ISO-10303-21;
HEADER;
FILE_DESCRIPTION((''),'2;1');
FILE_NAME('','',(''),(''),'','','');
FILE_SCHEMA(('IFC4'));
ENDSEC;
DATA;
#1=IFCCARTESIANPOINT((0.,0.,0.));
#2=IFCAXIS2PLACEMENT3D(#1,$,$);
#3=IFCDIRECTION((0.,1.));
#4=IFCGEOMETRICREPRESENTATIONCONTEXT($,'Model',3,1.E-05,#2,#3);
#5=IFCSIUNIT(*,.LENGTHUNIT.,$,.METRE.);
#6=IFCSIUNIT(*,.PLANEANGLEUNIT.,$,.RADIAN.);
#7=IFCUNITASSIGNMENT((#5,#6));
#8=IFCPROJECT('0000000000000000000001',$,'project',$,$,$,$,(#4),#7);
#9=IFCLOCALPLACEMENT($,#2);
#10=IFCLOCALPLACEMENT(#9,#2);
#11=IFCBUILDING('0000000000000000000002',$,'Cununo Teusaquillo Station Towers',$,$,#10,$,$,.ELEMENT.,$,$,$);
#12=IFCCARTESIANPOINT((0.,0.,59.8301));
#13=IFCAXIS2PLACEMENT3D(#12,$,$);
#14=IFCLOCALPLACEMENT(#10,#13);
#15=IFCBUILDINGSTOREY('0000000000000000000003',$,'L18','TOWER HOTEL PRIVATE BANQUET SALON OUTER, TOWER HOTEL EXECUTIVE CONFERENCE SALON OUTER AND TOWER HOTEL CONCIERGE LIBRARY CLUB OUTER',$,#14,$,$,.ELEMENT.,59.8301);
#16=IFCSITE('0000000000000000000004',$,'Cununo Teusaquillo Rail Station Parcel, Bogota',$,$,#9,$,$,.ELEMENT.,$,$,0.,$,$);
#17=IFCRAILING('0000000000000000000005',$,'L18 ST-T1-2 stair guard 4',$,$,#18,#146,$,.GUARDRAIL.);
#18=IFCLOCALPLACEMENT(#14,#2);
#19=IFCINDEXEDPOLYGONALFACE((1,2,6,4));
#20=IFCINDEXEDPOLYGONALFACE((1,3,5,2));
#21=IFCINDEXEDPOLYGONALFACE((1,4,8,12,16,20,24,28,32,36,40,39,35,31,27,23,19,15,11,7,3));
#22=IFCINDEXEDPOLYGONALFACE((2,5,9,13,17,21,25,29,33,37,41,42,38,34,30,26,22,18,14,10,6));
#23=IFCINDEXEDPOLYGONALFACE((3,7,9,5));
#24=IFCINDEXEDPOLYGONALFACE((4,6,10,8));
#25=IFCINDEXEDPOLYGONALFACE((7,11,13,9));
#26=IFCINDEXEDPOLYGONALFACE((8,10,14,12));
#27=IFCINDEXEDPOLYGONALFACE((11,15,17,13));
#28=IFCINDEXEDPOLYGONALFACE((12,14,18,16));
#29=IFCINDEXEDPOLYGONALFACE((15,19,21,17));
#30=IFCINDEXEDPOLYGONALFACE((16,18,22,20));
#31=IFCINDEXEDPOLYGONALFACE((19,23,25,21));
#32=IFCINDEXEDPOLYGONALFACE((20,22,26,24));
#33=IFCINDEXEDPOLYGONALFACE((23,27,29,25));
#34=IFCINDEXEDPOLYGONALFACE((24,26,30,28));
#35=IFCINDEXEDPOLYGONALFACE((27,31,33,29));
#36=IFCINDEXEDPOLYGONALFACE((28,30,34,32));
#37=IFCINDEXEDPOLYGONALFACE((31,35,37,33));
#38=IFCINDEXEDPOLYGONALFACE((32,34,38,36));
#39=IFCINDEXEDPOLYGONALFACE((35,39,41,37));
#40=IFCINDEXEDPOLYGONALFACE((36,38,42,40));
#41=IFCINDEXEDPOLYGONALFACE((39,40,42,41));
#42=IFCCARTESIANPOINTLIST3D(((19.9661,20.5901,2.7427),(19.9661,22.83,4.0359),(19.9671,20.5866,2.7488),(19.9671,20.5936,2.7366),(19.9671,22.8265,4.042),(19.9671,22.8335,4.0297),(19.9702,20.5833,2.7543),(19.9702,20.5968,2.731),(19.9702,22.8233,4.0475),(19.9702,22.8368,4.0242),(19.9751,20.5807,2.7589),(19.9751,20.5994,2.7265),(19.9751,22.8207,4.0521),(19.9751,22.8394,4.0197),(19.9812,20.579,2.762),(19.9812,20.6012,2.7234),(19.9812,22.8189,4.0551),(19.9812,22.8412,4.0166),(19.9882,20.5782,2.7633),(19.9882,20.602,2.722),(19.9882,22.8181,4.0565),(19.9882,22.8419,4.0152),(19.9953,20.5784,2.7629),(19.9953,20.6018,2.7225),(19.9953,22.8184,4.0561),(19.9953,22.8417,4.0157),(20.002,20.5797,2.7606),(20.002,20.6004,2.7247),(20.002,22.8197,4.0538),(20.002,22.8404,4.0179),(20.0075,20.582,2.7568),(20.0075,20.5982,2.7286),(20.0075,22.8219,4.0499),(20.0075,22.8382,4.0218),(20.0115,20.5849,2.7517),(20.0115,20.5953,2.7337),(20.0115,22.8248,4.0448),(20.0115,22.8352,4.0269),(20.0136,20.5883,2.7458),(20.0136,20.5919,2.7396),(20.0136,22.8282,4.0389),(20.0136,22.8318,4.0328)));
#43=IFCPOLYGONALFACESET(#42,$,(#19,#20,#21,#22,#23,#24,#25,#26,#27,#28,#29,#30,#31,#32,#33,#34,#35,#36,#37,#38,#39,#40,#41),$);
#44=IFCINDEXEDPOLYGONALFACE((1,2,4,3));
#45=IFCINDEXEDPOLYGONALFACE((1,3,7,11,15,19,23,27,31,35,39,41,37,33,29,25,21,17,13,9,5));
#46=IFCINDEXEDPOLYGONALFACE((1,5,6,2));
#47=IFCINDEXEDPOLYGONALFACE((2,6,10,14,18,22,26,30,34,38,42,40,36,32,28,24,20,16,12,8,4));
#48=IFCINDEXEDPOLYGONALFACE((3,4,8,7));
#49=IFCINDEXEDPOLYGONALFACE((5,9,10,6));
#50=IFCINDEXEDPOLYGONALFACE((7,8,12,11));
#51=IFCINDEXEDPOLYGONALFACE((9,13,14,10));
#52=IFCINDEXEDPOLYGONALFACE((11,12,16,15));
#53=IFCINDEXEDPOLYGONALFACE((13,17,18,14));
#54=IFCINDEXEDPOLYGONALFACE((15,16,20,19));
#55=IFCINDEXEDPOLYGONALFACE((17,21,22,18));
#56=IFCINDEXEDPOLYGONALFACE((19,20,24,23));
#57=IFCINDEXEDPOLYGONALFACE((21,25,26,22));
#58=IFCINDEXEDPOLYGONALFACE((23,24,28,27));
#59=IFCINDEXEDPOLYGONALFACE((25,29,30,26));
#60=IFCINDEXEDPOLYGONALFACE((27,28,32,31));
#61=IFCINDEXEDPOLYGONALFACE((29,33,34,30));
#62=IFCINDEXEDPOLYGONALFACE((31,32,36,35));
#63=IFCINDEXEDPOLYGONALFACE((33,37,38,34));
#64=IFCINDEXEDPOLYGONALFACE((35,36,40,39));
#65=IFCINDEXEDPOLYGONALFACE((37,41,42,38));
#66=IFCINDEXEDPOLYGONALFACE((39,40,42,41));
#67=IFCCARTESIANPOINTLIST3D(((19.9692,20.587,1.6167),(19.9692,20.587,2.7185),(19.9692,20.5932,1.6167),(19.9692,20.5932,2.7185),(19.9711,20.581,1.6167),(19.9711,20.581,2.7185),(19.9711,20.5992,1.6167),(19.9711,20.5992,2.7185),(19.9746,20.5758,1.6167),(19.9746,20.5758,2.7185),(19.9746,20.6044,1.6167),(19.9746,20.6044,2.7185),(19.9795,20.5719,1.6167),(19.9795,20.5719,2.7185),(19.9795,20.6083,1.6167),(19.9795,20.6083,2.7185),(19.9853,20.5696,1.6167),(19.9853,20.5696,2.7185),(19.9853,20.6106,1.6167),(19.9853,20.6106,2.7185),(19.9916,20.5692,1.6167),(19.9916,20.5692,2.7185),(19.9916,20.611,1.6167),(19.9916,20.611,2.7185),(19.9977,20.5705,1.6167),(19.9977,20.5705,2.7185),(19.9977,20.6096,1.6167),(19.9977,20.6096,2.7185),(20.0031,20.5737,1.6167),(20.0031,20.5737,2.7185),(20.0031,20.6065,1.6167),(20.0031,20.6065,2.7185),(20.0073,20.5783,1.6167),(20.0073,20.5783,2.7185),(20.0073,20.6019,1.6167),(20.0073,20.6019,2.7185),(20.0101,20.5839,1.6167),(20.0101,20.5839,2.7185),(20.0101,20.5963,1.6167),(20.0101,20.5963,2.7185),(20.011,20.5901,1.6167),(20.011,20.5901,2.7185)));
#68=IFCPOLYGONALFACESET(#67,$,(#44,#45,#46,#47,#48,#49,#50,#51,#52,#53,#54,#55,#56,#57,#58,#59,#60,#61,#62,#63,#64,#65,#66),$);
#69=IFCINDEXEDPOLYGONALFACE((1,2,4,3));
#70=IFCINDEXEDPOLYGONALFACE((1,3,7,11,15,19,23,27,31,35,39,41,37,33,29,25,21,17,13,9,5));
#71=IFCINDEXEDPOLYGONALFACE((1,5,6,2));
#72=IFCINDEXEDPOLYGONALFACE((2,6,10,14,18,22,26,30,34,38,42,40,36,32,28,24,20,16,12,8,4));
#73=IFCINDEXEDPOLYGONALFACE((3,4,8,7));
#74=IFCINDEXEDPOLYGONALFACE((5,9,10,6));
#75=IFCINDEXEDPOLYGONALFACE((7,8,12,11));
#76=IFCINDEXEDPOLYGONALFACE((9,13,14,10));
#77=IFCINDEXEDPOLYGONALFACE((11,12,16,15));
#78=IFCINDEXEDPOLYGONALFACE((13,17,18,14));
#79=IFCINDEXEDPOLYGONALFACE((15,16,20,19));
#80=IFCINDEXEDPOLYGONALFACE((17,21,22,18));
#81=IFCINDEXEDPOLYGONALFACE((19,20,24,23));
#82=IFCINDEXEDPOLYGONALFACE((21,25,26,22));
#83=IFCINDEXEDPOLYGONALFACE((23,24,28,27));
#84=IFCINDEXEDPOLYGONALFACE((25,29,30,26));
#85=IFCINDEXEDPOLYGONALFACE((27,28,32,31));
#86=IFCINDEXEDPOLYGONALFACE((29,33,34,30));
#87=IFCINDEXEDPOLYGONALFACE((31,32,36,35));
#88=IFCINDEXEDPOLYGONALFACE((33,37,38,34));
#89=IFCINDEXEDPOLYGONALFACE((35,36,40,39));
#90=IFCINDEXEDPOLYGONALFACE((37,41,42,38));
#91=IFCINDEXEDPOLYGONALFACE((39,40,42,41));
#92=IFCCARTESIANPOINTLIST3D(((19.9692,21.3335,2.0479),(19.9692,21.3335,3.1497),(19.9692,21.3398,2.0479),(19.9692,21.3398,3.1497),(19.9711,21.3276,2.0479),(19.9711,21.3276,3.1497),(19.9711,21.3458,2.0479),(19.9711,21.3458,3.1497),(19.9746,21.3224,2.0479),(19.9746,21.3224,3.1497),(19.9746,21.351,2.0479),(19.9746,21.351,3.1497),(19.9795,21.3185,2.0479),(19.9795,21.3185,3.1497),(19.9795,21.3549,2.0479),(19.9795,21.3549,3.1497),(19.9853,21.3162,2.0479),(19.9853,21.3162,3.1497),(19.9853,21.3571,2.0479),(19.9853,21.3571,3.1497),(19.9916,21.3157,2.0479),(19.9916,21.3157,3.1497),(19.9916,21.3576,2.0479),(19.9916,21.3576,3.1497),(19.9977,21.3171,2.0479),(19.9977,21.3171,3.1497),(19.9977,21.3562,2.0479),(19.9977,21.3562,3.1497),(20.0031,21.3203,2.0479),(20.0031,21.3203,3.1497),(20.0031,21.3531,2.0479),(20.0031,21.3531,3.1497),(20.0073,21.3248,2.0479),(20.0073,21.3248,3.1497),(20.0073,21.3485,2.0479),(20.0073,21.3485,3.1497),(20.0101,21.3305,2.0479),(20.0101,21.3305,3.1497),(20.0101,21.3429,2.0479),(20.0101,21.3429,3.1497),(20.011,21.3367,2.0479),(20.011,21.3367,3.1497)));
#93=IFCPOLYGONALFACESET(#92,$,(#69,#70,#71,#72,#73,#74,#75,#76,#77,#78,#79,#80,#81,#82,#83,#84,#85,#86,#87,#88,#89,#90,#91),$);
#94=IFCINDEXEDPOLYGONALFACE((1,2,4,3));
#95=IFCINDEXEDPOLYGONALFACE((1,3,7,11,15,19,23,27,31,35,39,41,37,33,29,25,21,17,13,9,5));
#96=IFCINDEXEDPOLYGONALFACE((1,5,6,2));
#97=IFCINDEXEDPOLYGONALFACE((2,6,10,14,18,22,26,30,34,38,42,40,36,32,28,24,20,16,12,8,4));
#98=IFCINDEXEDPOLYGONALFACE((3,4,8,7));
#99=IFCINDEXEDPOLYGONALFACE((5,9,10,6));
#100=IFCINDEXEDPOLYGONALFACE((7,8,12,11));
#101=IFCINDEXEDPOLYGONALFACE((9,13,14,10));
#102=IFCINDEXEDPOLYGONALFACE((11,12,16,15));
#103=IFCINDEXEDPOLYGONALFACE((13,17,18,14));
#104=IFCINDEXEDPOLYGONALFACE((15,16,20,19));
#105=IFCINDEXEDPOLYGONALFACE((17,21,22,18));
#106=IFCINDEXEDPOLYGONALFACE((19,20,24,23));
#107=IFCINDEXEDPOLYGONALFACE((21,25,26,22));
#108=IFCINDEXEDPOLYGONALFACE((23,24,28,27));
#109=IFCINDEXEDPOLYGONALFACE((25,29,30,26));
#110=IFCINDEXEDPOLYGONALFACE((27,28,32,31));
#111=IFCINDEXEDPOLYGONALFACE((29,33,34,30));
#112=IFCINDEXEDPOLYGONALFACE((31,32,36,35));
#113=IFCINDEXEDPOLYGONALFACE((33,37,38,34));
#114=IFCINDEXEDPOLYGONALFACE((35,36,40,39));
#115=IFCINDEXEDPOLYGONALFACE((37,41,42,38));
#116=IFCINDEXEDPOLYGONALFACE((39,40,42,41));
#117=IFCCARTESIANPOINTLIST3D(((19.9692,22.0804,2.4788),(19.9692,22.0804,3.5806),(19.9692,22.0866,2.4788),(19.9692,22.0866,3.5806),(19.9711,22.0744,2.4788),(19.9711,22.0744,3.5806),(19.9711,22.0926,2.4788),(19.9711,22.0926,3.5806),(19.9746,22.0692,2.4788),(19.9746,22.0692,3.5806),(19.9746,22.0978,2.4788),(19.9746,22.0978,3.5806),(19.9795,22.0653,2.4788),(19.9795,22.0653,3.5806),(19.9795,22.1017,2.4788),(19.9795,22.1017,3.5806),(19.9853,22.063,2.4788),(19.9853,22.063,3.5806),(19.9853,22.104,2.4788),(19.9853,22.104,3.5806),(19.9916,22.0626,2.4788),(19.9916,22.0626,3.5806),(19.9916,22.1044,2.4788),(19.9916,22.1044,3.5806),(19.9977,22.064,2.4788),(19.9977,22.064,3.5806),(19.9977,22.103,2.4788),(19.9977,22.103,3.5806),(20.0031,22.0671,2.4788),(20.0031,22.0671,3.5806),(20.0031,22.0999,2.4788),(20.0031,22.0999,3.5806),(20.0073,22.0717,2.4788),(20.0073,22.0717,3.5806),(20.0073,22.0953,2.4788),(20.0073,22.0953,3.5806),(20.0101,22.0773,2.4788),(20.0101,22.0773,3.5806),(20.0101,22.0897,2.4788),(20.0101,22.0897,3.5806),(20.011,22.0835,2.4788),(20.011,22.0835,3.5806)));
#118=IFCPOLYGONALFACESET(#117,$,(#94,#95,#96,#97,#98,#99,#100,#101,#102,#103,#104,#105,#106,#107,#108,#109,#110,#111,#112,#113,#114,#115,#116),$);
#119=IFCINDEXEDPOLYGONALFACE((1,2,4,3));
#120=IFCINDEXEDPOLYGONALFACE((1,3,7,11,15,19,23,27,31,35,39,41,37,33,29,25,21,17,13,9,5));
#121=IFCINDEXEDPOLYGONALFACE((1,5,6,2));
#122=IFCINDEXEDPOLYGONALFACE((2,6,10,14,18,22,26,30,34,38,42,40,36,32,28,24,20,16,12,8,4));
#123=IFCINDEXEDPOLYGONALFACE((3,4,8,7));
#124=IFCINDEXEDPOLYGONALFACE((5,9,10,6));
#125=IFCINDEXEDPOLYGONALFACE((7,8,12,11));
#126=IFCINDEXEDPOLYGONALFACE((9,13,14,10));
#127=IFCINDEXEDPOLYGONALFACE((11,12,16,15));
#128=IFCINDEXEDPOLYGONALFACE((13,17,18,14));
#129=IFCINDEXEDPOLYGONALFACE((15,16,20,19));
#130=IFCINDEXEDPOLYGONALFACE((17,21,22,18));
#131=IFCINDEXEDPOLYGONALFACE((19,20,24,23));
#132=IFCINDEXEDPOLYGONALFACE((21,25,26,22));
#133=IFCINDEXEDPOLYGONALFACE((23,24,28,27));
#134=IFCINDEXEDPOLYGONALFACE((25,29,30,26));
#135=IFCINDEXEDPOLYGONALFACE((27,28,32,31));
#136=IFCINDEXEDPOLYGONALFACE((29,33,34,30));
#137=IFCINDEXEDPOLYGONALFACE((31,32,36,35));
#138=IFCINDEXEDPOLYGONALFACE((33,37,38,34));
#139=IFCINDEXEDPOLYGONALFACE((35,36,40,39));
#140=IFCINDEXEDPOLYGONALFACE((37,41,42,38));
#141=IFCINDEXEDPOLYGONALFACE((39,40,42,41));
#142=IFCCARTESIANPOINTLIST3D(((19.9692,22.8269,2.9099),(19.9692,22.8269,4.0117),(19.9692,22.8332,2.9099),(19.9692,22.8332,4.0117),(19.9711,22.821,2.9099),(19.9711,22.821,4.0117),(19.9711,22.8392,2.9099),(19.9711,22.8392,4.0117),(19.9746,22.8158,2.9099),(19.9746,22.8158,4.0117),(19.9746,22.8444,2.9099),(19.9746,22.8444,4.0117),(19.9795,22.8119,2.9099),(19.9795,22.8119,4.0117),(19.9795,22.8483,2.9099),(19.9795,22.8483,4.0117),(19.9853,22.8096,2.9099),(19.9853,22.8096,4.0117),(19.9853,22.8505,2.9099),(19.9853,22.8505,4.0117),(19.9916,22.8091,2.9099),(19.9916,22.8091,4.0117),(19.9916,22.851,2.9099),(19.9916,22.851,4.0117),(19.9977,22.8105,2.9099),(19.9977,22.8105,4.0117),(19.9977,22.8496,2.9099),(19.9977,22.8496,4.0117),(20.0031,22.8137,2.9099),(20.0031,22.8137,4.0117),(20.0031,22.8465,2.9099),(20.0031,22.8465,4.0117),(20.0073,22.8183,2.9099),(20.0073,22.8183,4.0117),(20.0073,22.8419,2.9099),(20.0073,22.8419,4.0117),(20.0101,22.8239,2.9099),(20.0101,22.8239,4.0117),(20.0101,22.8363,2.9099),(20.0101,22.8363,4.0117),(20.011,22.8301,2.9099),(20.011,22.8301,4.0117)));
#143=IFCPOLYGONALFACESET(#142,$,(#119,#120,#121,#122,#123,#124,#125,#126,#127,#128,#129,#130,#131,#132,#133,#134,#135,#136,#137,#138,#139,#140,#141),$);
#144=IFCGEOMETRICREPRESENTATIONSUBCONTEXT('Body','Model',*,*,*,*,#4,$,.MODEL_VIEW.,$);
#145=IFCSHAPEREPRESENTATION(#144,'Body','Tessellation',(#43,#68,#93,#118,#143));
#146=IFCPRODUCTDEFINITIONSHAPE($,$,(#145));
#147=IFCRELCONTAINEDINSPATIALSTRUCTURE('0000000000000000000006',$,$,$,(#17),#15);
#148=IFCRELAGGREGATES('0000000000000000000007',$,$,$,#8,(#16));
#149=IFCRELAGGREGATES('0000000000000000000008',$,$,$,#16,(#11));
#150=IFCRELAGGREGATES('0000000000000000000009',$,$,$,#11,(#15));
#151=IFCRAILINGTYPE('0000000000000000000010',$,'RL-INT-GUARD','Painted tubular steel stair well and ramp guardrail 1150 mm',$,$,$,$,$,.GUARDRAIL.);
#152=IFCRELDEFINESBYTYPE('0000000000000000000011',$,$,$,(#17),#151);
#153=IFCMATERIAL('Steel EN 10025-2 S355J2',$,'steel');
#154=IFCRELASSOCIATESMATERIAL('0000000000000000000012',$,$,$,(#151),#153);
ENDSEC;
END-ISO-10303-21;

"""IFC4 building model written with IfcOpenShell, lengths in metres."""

from ifc_helpers import new_model, si_unit, direction, frame, origin, origin_2d, place, context, subcontext, project, spatial, circle, extrude, material, type_object, element, save


model = new_model("IFC4")

# Units and contexts
model_context = context("Model", 3, precision=1e-05, world=origin(), true_north=direction((0.0, 1.0)))
body_context = subcontext(model_context, "Body", "Model", "MODEL_VIEW")
ifc_project = project(units=[si_unit("LENGTHUNIT", "METRE"), si_unit("PLANEANGLEUNIT", "RADIAN")], contexts=[model_context])

# Site, building, storey
site_placement = place(None, origin())
site = spatial("IfcSite", under=ifc_project, at=site_placement, Name="Cununo Teusaquillo Rail Station Parcel, Bogota", CompositionType="ELEMENT", RefElevation=0.0)
building_placement = place(site_placement, origin())
building = spatial("IfcBuilding", under=site, at=building_placement, Name="Cununo Teusaquillo Station Towers", CompositionType="ELEMENT")
storey_placement = place(building_placement, frame((0.0, 0.0, 59.8301)))
storey = spatial("IfcBuildingStorey", under=building, at=storey_placement, Name="L18", Description="TOWER HOTEL PRIVATE BANQUET SALON OUTER, TOWER HOTEL EXECUTIVE CONFERENCE SALON OUTER AND TOWER HOTEL CONCIERGE LIBRARY CLUB OUTER", CompositionType="ELEMENT", Elevation=59.8301)

# Railing
ifc_material_1 = material(Name="Steel EN 10025-2 S355J2", Category="steel")
railing_type_1 = type_object("IfcRailingType", Name="RL-INT-GUARD", Description="Painted tubular steel stair well and ramp guardrail 1150 mm", PredefinedType="GUARDRAIL", material=ifc_material_1)
railing_1_placement = place(storey_placement, frame((19.99, 20.5901, 1.6167)))
element("IfcRailing", 1, at=railing_1_placement, inside=storey, type_object=railing_type_1, Name="L18 ST-T1-2 stair guard 4", PredefinedType="GUARDRAIL", context=body_context, shape_type="SweptSolid", body=[
    extrude(circle(Radius=0.0239, at=origin_2d()), frame((0.0, 0.0, 1.126), z_axis=(0.0, 0.866033, 0.499987), x_axis=(-1.0, 0.0, 0.0)), (0.0, 0.0, 1.0), 2.5864),
    extrude(circle(Radius=0.021, at=origin_2d()), origin(), (0.0, 0.0, 1.0), 1.1018),
    extrude(circle(Radius=0.021, at=origin_2d()), frame((0.0, 0.7466, 0.4312)), (0.0, 0.0, 1.0), 1.1018),
    extrude(circle(Radius=0.021, at=origin_2d()), frame((0.0, 1.4934, 0.8621)), (0.0, 0.0, 1.0), 1.1018),
    extrude(circle(Radius=0.021, at=origin_2d()), frame((0.0, 2.24, 1.2932)), (0.0, 0.0, 1.0), 1.1018),
])

save(model, "model.ifc")
